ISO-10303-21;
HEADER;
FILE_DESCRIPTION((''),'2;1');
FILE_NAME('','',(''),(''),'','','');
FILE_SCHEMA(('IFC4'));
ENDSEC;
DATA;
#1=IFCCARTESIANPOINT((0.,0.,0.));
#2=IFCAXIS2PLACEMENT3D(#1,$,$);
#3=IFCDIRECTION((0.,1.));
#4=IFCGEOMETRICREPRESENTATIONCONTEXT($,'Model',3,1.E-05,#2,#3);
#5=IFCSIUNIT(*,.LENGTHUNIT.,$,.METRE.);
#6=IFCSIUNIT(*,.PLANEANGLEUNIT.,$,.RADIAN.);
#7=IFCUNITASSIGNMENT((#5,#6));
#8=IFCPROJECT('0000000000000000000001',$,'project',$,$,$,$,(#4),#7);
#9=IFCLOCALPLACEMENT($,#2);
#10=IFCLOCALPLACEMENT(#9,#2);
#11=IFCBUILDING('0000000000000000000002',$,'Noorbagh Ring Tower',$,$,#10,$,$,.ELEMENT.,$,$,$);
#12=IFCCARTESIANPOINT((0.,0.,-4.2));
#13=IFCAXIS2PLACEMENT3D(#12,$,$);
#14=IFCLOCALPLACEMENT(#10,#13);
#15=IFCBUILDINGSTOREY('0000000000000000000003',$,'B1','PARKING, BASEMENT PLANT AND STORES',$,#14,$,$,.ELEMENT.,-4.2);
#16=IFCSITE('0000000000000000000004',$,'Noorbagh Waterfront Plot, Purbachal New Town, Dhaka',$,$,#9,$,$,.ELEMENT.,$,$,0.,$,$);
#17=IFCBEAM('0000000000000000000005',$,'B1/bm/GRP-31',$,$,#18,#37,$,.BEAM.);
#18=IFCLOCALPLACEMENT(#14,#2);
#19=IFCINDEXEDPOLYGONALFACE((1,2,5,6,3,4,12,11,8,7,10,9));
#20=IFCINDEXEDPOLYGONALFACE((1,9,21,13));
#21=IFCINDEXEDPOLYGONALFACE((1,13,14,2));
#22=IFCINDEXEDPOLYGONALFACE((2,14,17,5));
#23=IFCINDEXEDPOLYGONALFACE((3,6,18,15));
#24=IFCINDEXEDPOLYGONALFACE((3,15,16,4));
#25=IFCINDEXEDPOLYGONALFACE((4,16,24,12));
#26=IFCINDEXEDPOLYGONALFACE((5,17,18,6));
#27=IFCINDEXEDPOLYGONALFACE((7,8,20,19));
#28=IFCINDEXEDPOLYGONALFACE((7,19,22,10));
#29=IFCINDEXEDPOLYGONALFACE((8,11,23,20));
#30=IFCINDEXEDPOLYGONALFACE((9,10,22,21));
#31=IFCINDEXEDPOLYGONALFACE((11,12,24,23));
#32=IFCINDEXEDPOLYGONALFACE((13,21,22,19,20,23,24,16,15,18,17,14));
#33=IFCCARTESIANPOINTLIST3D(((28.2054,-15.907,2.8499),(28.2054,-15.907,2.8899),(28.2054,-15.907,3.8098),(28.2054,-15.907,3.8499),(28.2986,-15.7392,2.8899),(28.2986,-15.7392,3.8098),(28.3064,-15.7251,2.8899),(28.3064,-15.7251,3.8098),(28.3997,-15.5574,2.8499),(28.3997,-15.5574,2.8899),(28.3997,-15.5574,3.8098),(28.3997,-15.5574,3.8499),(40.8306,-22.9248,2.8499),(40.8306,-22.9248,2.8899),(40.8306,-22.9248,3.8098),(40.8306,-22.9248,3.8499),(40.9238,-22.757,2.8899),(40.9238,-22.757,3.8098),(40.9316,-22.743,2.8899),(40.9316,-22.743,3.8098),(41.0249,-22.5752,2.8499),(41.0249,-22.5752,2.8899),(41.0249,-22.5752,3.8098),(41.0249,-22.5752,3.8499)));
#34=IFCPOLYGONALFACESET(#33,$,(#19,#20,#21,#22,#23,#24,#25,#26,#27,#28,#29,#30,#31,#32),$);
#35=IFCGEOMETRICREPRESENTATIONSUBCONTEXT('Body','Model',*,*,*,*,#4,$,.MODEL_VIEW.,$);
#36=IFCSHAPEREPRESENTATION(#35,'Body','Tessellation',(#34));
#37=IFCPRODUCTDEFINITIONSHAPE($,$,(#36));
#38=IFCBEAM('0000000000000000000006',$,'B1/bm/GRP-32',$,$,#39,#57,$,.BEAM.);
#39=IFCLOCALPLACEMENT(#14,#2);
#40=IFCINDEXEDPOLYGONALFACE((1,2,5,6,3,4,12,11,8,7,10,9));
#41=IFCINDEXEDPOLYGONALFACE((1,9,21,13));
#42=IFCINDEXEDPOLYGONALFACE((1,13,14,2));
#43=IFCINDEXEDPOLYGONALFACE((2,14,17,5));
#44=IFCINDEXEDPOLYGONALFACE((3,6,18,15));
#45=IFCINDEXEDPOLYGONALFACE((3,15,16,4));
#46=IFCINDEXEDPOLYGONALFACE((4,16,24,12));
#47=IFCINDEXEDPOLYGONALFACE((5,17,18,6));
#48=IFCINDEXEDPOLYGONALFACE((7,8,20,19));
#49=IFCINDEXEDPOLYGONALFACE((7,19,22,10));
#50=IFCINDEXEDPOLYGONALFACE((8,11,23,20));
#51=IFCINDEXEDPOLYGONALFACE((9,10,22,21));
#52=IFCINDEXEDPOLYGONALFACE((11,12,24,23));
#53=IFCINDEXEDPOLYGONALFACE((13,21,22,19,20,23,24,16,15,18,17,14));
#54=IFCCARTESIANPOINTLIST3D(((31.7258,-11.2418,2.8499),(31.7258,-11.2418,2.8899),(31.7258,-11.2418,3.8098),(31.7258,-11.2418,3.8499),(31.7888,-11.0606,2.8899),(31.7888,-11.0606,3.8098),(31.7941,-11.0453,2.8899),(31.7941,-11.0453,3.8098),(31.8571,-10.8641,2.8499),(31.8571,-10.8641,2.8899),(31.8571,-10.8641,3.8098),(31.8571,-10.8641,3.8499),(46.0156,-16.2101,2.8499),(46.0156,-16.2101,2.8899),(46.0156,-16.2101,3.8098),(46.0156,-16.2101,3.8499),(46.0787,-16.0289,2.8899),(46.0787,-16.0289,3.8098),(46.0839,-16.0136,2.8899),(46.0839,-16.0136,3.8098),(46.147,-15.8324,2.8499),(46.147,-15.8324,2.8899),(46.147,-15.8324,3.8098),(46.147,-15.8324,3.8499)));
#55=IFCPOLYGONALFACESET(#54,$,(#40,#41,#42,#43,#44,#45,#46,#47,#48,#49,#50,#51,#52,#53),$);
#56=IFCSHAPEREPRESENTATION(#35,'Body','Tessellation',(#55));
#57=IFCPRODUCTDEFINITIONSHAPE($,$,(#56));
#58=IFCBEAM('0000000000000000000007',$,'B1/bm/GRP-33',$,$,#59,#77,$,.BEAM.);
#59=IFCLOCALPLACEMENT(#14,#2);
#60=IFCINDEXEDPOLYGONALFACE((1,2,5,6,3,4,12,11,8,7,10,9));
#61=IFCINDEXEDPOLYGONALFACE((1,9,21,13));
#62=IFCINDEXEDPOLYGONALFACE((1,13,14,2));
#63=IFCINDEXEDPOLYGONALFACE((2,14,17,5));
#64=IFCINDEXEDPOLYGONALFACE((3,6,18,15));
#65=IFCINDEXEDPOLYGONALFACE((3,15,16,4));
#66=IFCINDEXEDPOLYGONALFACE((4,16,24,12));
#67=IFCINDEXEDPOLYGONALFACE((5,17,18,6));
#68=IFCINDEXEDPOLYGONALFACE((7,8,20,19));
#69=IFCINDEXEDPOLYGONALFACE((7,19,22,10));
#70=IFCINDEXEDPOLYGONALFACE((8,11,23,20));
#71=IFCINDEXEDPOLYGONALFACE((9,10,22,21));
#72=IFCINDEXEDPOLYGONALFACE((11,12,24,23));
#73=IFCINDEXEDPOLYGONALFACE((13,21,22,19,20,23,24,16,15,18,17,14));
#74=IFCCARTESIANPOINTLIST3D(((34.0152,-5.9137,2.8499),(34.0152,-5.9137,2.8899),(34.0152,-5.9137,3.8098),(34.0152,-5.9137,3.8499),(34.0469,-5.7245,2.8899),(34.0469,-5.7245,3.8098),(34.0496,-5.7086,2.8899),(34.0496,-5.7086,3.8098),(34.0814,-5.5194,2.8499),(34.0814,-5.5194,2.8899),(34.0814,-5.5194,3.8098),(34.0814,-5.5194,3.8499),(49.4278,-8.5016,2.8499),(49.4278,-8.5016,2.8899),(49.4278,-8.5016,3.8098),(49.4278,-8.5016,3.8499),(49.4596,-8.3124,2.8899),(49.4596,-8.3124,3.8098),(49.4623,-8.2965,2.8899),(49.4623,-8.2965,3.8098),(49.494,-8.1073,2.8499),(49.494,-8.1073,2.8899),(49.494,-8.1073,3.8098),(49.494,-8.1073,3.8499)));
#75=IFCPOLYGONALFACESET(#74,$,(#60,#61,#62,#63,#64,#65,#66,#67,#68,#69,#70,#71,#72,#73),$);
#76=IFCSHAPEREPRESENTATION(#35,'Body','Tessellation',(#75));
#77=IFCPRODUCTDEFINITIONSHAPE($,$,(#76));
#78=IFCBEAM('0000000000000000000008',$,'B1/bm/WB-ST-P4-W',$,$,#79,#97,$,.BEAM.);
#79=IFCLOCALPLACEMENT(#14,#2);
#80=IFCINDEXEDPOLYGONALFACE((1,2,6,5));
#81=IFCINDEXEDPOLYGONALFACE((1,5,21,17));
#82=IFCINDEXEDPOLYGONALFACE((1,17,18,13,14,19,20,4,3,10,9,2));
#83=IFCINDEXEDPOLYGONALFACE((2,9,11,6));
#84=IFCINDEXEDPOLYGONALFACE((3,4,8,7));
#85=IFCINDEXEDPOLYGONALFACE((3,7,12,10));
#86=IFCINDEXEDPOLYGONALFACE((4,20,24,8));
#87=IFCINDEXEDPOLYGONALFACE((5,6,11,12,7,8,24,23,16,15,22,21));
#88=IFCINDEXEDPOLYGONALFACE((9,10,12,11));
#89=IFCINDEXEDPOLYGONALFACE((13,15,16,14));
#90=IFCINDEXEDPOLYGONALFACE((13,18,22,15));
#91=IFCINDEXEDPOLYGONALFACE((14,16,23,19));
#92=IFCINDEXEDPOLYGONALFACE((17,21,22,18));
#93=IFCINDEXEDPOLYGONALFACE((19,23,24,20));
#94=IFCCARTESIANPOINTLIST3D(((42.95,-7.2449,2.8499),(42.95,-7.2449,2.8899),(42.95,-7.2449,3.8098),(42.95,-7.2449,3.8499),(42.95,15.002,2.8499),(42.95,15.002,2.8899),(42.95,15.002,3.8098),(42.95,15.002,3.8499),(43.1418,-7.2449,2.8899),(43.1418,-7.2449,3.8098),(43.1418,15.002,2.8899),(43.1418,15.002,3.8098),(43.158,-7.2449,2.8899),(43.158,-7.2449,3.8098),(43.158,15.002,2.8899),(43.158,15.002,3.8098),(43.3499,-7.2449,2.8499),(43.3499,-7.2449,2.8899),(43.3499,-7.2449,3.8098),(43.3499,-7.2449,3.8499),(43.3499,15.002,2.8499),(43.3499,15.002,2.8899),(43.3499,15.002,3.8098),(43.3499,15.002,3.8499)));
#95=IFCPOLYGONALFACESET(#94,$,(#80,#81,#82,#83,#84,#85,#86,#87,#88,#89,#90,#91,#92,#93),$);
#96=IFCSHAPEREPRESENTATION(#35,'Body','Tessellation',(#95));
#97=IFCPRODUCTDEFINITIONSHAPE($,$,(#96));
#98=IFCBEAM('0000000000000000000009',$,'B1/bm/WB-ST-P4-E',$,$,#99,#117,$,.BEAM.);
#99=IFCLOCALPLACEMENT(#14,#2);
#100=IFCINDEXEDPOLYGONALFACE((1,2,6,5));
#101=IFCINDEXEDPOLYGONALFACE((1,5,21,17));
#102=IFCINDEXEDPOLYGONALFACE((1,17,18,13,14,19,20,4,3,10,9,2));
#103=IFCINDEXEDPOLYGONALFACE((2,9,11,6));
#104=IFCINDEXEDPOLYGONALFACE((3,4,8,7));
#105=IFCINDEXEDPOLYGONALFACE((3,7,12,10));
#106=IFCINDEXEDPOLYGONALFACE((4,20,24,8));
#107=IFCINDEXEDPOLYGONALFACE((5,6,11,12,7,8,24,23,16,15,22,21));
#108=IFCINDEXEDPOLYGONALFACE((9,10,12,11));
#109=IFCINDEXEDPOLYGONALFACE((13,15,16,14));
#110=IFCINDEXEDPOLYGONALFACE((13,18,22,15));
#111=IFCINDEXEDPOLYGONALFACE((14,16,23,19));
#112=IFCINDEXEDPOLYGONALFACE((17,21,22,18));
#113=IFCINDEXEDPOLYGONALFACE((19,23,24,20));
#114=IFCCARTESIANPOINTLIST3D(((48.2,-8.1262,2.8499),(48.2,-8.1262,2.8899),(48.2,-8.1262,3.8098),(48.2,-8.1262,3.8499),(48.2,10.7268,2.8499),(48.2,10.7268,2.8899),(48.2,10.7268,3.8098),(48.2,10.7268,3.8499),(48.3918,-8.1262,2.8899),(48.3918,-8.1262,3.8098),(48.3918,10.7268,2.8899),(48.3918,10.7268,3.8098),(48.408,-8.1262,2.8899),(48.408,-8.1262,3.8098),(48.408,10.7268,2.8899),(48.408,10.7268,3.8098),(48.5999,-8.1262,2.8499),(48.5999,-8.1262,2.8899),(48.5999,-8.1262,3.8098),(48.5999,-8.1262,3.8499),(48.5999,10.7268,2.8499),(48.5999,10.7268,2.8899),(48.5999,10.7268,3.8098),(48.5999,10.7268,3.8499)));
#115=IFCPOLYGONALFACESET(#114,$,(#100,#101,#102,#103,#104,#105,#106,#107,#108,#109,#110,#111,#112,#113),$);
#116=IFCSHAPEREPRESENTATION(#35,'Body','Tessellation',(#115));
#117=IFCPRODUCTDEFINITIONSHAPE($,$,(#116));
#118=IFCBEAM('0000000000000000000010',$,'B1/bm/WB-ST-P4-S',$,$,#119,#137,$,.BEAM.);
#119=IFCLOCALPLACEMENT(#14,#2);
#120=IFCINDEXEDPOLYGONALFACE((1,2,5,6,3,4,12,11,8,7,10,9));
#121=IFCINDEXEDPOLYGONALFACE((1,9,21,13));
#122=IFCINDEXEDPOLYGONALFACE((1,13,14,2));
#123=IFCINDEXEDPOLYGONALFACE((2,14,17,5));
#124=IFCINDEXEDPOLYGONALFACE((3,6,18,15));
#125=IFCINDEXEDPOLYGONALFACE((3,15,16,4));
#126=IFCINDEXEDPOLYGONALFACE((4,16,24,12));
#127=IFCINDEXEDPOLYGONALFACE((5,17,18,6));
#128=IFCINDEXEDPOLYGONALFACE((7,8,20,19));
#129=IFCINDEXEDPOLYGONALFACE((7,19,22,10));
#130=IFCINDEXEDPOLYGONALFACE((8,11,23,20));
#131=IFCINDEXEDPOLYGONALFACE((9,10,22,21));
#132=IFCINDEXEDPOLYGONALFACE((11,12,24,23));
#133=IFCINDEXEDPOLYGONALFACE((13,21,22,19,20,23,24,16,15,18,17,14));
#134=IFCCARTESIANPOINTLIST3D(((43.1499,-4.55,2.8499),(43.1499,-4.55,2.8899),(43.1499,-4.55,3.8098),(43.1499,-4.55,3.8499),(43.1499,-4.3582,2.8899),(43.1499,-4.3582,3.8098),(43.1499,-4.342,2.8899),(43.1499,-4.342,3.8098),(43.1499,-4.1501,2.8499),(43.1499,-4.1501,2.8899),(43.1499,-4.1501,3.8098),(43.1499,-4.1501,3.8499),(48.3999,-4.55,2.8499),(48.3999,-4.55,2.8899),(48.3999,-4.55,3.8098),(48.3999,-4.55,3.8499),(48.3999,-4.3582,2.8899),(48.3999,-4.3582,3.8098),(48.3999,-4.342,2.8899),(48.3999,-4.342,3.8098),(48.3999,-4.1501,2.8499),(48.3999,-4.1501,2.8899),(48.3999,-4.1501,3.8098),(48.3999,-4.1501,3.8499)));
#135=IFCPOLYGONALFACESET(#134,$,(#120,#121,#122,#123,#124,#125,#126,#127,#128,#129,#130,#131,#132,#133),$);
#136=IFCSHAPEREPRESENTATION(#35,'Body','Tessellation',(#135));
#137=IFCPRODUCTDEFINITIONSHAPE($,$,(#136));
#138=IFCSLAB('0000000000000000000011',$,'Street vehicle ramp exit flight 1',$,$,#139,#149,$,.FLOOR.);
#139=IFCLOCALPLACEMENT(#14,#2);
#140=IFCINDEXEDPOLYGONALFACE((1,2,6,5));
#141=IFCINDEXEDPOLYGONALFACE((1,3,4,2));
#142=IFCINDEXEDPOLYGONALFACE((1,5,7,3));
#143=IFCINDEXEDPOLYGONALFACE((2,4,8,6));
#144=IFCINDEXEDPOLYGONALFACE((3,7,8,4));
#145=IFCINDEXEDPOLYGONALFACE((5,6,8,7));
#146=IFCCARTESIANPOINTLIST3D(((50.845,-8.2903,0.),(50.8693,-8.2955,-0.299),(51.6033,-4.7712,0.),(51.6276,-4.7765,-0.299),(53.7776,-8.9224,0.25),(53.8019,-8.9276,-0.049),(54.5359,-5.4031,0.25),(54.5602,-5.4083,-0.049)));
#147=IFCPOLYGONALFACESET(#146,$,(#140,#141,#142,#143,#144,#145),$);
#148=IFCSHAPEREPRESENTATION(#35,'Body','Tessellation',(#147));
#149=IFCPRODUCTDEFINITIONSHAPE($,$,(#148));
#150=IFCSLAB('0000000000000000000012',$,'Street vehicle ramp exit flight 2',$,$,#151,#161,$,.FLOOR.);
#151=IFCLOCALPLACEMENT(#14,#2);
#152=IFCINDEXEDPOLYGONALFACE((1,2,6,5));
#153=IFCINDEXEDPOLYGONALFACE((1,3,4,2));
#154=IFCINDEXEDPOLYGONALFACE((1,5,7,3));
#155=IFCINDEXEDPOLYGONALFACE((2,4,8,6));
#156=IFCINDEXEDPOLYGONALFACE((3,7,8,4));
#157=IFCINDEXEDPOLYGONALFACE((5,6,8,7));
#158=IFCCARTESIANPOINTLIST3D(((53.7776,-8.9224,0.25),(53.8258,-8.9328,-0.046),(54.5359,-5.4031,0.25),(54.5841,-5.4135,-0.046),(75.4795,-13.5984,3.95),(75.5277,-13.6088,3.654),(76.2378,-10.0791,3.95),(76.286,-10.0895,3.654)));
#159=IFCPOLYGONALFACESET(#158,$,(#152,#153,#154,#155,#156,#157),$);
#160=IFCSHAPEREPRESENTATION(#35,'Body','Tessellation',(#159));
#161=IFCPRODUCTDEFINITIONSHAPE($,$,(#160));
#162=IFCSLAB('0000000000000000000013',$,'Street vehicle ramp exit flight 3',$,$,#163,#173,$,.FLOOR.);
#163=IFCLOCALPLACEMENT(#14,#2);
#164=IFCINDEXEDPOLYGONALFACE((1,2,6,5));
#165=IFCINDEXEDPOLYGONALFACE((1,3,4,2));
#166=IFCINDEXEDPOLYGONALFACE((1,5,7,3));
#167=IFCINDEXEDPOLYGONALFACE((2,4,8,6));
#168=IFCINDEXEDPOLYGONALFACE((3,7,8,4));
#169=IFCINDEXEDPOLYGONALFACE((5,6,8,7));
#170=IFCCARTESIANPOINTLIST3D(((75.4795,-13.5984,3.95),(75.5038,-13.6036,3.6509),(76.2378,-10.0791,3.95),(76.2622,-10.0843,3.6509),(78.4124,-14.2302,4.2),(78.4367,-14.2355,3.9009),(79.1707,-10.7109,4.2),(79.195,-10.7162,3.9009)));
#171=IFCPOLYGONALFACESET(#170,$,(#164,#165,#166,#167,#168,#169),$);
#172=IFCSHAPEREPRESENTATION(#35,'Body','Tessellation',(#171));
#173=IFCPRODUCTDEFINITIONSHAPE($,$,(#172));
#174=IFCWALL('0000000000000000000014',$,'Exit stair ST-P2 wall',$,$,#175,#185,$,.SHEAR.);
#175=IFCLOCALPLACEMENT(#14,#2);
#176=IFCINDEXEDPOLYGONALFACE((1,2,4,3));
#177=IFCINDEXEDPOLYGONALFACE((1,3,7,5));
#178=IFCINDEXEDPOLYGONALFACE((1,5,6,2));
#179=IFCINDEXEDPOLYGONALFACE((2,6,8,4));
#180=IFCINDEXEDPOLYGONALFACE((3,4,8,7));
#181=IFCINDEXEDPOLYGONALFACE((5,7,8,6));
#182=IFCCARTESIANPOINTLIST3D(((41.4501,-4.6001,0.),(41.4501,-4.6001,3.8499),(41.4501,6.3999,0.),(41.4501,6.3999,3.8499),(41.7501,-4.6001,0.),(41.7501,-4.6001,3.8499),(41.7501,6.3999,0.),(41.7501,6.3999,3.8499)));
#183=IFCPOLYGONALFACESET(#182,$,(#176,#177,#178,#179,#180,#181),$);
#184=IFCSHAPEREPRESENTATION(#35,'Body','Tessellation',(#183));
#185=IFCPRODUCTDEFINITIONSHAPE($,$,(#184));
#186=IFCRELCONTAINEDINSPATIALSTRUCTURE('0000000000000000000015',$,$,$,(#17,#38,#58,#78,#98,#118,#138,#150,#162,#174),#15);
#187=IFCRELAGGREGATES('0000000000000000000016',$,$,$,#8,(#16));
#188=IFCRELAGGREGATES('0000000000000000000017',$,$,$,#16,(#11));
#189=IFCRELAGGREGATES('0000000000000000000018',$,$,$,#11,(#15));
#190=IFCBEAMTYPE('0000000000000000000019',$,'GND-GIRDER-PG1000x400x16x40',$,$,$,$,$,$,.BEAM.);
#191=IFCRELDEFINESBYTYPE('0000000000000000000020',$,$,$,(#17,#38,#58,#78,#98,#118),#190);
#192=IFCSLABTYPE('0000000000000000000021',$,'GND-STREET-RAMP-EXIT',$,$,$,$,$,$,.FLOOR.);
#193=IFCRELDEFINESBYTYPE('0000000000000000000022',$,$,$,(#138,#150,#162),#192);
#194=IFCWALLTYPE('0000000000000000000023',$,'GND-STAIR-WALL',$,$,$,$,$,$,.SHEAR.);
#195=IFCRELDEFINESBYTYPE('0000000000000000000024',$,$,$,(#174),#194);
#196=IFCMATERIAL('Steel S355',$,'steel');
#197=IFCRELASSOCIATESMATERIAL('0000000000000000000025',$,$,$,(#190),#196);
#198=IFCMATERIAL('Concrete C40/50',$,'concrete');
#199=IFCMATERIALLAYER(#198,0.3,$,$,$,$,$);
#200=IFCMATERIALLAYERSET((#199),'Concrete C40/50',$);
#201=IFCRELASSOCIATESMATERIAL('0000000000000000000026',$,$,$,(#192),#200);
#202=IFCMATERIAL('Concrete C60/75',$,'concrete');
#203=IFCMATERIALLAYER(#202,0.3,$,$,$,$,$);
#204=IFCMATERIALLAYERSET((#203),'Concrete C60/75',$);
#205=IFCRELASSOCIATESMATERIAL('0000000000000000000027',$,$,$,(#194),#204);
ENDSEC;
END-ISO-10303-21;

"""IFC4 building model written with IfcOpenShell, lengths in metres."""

from ifc_helpers import new_model, si_unit, direction, frame, frame_2d, origin, origin_2d, place, context, subcontext, project, spatial, polyline, rectangle, i_section, outline, extrude, material, layer, layer_set, material_profile, profile_set, type_object, element, save


model = new_model("IFC4")

# Units and contexts
model_context = context("Model", 3, precision=1e-05, world=origin(), true_north=direction((0.0, 1.0)))
body_context = subcontext(model_context, "Body", "Model", "MODEL_VIEW")
ifc_project = project(units=[si_unit("LENGTHUNIT", "METRE"), si_unit("PLANEANGLEUNIT", "RADIAN")], contexts=[model_context])

# Site, building, storey
site_placement = place(None, origin())
site = spatial("IfcSite", under=ifc_project, at=site_placement, Name="Noorbagh Waterfront Plot, Purbachal New Town, Dhaka", CompositionType="ELEMENT", RefElevation=0.0)
building_placement = place(site_placement, origin())
building = spatial("IfcBuilding", under=site, at=building_placement, Name="Noorbagh Ring Tower", CompositionType="ELEMENT")
storey_placement = place(building_placement, frame((0.0, 0.0, -4.2)))
storey = spatial("IfcBuildingStorey", under=building, at=storey_placement, Name="B1", Description="PARKING, BASEMENT PLANT AND STORES", CompositionType="ELEMENT", Elevation=-4.2)

# Beams
ifc_material_1 = material(Name="Steel S355", Category="steel")
ifc_material_profile_1 = material_profile(ifc_material_1, i_section(OverallWidth=0.3999, OverallDepth=1.0, WebThickness=0.0161, FlangeThickness=0.04, at=origin_2d()), Name="PG1000x400x16x40")
ifc_profile_set_1 = profile_set([ifc_material_profile_1], Name="Steel S355")
beam_type_1 = type_object("IfcBeamType", Name="GND-GIRDER-PG1000x400x16x40", PredefinedType="BEAM", material=ifc_profile_set_1)
beam_1_placement = place(storey_placement, frame((40.9277, -22.75, 3.3499), z_axis=(-0.874046, 0.485844, 0.0), x_axis=(-0.485844, -0.874046, 0.0)))
element("IfcBeam", 1, at=beam_1_placement, inside=storey, type_object=beam_type_1, Name="B1/bm/GRP-31", PredefinedType="BEAM", context=body_context, shape_type="SweptSolid", body=[
    extrude(i_section(OverallWidth=0.3999, OverallDepth=1.0, WebThickness=0.0161, FlangeThickness=0.04, at=origin_2d()), origin(), (0.0, 0.0, 1.0), 14.4446),
])
beam_2_placement = place(storey_placement, frame((46.0813, -16.0212, 3.3499), z_axis=(-0.94454, 0.328397, 0.0), x_axis=(-0.328397, -0.94454, 0.0)))
element("IfcBeam", 2, at=beam_2_placement, inside=storey, type_object=beam_type_1, Name="B1/bm/GRP-32", PredefinedType="BEAM", context=body_context, shape_type="SweptSolid", body=[
    extrude(i_section(OverallWidth=0.3999, OverallDepth=1.0, WebThickness=0.0161, FlangeThickness=0.04, at=origin_2d()), origin(), (0.0, 0.0, 1.0), 15.1289),
])
beam_3_placement = place(storey_placement, frame((49.4609, -8.3044, 3.3499), z_axis=(-0.986195, 0.165589, 0.0), x_axis=(-0.165589, -0.986195, 0.0)))
element("IfcBeam", 3, at=beam_3_placement, inside=storey, type_object=beam_type_1, Name="B1/bm/GRP-33", PredefinedType="BEAM", context=body_context, shape_type="SweptSolid", body=[
    extrude(i_section(OverallWidth=0.3999, OverallDepth=1.0, WebThickness=0.0161, FlangeThickness=0.04, at=origin_2d()), origin(), (0.0, 0.0, 1.0), 15.6284),
])
beam_4_placement = place(storey_placement, frame((43.1499, -7.2449, 3.3499), z_axis=(0.0, 1.0, 0.0), x_axis=(-1.0, 0.0, 0.0)))
element("IfcBeam", 4, at=beam_4_placement, inside=storey, type_object=beam_type_1, Name="B1/bm/WB-ST-P4-W", PredefinedType="BEAM", context=body_context, shape_type="SweptSolid", body=[
    extrude(i_section(OverallWidth=0.3999, OverallDepth=1.0, WebThickness=0.0161, FlangeThickness=0.04, at=origin_2d()), origin(), (0.0, 0.0, 1.0), 22.2468),
])
beam_5_placement = place(storey_placement, frame((48.3999, -8.1262, 3.3499), z_axis=(0.0, 1.0, 0.0), x_axis=(-1.0, 0.0, 0.0)))
element("IfcBeam", 5, at=beam_5_placement, inside=storey, type_object=beam_type_1, Name="B1/bm/WB-ST-P4-E", PredefinedType="BEAM", context=body_context, shape_type="SweptSolid", body=[
    extrude(i_section(OverallWidth=0.3999, OverallDepth=1.0, WebThickness=0.0161, FlangeThickness=0.04, at=origin_2d()), origin(), (0.0, 0.0, 1.0), 18.853),
])
beam_6_placement = place(storey_placement, frame((43.1499, -4.3501, 3.3499), z_axis=(1.0, 0.0, 0.0), x_axis=(0.0, 1.0, 0.0)))
element("IfcBeam", 6, at=beam_6_placement, inside=storey, type_object=beam_type_1, Name="B1/bm/WB-ST-P4-S", PredefinedType="BEAM", context=body_context, shape_type="SweptSolid", body=[
    extrude(i_section(OverallWidth=0.3999, OverallDepth=1.0, WebThickness=0.0161, FlangeThickness=0.04, at=origin_2d()), origin(), (0.0, 0.0, 1.0), 5.25),
])

# Slabs
ifc_material_2 = material(Name="Concrete C40/50", Category="concrete")
ifc_layer_1 = layer(ifc_material_2, 0.3)
ifc_layer_set_1 = layer_set([ifc_layer_1], Name="Concrete C40/50")
slab_type = type_object("IfcSlabType", Name="GND-STREET-RAMP-EXIT", PredefinedType="FLOOR", material=ifc_layer_set_1)
slab_1_placement = place(storey_placement, frame((50.845, -8.2903, 0.0), z_axis=(-0.081184, 0.017493, 0.996546), x_axis=(0.21065, 0.977562, 0.000001)))
element("IfcSlab", 7, at=slab_1_placement, inside=storey, type_object=slab_type, Name="Street vehicle ramp exit flight 1", PredefinedType="FLOOR", context=body_context, shape_type="SweptSolid", body=[
    extrude(outline(polyline([(0.0, 0.0), (3.5998, 0.0), (3.5999, -3.0103), (-0.0001, -3.0104), (0.0, 0.0)])), origin(), (0.0, 0.0, -1.0), 0.3),
])
slab_2_placement = place(storey_placement, frame((53.7776, -8.9224, 0.25), z_axis=(-0.160709, 0.034628, 0.986394), x_axis=(0.210636, 0.977565, 0.0)))
element("IfcSlab", 8, at=slab_2_placement, inside=storey, type_object=slab_type, Name="Street vehicle ramp exit flight 2", PredefinedType="FLOOR", context=body_context, shape_type="SweptSolid", body=[
    extrude(outline(polyline([(0.0, 0.0), (3.6001, 0.0), (3.6001, -22.5062), (0.0001, -22.5062), (0.0, 0.0)])), origin(), (0.0, 0.0, -1.0), 0.3),
])
slab_3_placement = place(storey_placement, frame((75.4795, -13.5984, 3.95), z_axis=(-0.081178, 0.017491, 0.996546), x_axis=(0.210636, 0.977565, 0.0)))
element("IfcSlab", 9, at=slab_3_placement, inside=storey, type_object=slab_type, Name="Street vehicle ramp exit flight 3", PredefinedType="FLOOR", context=body_context, shape_type="SweptSolid", body=[
    extrude(outline(polyline([(0.0, 0.0), (3.6001, 0.0), (3.6002, -3.0105), (0.0001, -3.0105), (0.0, 0.0)])), origin(), (0.0, 0.0, -1.0), 0.3),
])

# Wall
ifc_material_3 = material(Name="Concrete C60/75", Category="concrete")
ifc_layer_2 = layer(ifc_material_3, 0.3)
ifc_layer_set_2 = layer_set([ifc_layer_2], Name="Concrete C60/75")
wall_type_1 = type_object("IfcWallType", Name="GND-STAIR-WALL", PredefinedType="SHEAR", material=ifc_layer_set_2)
wall_1_placement = place(storey_placement, frame((41.6001, -4.6001, 0.0), z_axis=(0.0, 0.0, 1.0), x_axis=(0.0, 1.0, 0.0)))
element("IfcWall", 10, at=wall_1_placement, inside=storey, type_object=wall_type_1, Name="Exit stair ST-P2 wall", PredefinedType="SHEAR", context=body_context, shape_type="SweptSolid", body=[
    extrude(rectangle(XDim=11.0, YDim=0.3, at=frame_2d((5.5, 0.0))), origin(), (0.0, 0.0, 1.0), 3.8499),
])

save(model, "model.ifc")
